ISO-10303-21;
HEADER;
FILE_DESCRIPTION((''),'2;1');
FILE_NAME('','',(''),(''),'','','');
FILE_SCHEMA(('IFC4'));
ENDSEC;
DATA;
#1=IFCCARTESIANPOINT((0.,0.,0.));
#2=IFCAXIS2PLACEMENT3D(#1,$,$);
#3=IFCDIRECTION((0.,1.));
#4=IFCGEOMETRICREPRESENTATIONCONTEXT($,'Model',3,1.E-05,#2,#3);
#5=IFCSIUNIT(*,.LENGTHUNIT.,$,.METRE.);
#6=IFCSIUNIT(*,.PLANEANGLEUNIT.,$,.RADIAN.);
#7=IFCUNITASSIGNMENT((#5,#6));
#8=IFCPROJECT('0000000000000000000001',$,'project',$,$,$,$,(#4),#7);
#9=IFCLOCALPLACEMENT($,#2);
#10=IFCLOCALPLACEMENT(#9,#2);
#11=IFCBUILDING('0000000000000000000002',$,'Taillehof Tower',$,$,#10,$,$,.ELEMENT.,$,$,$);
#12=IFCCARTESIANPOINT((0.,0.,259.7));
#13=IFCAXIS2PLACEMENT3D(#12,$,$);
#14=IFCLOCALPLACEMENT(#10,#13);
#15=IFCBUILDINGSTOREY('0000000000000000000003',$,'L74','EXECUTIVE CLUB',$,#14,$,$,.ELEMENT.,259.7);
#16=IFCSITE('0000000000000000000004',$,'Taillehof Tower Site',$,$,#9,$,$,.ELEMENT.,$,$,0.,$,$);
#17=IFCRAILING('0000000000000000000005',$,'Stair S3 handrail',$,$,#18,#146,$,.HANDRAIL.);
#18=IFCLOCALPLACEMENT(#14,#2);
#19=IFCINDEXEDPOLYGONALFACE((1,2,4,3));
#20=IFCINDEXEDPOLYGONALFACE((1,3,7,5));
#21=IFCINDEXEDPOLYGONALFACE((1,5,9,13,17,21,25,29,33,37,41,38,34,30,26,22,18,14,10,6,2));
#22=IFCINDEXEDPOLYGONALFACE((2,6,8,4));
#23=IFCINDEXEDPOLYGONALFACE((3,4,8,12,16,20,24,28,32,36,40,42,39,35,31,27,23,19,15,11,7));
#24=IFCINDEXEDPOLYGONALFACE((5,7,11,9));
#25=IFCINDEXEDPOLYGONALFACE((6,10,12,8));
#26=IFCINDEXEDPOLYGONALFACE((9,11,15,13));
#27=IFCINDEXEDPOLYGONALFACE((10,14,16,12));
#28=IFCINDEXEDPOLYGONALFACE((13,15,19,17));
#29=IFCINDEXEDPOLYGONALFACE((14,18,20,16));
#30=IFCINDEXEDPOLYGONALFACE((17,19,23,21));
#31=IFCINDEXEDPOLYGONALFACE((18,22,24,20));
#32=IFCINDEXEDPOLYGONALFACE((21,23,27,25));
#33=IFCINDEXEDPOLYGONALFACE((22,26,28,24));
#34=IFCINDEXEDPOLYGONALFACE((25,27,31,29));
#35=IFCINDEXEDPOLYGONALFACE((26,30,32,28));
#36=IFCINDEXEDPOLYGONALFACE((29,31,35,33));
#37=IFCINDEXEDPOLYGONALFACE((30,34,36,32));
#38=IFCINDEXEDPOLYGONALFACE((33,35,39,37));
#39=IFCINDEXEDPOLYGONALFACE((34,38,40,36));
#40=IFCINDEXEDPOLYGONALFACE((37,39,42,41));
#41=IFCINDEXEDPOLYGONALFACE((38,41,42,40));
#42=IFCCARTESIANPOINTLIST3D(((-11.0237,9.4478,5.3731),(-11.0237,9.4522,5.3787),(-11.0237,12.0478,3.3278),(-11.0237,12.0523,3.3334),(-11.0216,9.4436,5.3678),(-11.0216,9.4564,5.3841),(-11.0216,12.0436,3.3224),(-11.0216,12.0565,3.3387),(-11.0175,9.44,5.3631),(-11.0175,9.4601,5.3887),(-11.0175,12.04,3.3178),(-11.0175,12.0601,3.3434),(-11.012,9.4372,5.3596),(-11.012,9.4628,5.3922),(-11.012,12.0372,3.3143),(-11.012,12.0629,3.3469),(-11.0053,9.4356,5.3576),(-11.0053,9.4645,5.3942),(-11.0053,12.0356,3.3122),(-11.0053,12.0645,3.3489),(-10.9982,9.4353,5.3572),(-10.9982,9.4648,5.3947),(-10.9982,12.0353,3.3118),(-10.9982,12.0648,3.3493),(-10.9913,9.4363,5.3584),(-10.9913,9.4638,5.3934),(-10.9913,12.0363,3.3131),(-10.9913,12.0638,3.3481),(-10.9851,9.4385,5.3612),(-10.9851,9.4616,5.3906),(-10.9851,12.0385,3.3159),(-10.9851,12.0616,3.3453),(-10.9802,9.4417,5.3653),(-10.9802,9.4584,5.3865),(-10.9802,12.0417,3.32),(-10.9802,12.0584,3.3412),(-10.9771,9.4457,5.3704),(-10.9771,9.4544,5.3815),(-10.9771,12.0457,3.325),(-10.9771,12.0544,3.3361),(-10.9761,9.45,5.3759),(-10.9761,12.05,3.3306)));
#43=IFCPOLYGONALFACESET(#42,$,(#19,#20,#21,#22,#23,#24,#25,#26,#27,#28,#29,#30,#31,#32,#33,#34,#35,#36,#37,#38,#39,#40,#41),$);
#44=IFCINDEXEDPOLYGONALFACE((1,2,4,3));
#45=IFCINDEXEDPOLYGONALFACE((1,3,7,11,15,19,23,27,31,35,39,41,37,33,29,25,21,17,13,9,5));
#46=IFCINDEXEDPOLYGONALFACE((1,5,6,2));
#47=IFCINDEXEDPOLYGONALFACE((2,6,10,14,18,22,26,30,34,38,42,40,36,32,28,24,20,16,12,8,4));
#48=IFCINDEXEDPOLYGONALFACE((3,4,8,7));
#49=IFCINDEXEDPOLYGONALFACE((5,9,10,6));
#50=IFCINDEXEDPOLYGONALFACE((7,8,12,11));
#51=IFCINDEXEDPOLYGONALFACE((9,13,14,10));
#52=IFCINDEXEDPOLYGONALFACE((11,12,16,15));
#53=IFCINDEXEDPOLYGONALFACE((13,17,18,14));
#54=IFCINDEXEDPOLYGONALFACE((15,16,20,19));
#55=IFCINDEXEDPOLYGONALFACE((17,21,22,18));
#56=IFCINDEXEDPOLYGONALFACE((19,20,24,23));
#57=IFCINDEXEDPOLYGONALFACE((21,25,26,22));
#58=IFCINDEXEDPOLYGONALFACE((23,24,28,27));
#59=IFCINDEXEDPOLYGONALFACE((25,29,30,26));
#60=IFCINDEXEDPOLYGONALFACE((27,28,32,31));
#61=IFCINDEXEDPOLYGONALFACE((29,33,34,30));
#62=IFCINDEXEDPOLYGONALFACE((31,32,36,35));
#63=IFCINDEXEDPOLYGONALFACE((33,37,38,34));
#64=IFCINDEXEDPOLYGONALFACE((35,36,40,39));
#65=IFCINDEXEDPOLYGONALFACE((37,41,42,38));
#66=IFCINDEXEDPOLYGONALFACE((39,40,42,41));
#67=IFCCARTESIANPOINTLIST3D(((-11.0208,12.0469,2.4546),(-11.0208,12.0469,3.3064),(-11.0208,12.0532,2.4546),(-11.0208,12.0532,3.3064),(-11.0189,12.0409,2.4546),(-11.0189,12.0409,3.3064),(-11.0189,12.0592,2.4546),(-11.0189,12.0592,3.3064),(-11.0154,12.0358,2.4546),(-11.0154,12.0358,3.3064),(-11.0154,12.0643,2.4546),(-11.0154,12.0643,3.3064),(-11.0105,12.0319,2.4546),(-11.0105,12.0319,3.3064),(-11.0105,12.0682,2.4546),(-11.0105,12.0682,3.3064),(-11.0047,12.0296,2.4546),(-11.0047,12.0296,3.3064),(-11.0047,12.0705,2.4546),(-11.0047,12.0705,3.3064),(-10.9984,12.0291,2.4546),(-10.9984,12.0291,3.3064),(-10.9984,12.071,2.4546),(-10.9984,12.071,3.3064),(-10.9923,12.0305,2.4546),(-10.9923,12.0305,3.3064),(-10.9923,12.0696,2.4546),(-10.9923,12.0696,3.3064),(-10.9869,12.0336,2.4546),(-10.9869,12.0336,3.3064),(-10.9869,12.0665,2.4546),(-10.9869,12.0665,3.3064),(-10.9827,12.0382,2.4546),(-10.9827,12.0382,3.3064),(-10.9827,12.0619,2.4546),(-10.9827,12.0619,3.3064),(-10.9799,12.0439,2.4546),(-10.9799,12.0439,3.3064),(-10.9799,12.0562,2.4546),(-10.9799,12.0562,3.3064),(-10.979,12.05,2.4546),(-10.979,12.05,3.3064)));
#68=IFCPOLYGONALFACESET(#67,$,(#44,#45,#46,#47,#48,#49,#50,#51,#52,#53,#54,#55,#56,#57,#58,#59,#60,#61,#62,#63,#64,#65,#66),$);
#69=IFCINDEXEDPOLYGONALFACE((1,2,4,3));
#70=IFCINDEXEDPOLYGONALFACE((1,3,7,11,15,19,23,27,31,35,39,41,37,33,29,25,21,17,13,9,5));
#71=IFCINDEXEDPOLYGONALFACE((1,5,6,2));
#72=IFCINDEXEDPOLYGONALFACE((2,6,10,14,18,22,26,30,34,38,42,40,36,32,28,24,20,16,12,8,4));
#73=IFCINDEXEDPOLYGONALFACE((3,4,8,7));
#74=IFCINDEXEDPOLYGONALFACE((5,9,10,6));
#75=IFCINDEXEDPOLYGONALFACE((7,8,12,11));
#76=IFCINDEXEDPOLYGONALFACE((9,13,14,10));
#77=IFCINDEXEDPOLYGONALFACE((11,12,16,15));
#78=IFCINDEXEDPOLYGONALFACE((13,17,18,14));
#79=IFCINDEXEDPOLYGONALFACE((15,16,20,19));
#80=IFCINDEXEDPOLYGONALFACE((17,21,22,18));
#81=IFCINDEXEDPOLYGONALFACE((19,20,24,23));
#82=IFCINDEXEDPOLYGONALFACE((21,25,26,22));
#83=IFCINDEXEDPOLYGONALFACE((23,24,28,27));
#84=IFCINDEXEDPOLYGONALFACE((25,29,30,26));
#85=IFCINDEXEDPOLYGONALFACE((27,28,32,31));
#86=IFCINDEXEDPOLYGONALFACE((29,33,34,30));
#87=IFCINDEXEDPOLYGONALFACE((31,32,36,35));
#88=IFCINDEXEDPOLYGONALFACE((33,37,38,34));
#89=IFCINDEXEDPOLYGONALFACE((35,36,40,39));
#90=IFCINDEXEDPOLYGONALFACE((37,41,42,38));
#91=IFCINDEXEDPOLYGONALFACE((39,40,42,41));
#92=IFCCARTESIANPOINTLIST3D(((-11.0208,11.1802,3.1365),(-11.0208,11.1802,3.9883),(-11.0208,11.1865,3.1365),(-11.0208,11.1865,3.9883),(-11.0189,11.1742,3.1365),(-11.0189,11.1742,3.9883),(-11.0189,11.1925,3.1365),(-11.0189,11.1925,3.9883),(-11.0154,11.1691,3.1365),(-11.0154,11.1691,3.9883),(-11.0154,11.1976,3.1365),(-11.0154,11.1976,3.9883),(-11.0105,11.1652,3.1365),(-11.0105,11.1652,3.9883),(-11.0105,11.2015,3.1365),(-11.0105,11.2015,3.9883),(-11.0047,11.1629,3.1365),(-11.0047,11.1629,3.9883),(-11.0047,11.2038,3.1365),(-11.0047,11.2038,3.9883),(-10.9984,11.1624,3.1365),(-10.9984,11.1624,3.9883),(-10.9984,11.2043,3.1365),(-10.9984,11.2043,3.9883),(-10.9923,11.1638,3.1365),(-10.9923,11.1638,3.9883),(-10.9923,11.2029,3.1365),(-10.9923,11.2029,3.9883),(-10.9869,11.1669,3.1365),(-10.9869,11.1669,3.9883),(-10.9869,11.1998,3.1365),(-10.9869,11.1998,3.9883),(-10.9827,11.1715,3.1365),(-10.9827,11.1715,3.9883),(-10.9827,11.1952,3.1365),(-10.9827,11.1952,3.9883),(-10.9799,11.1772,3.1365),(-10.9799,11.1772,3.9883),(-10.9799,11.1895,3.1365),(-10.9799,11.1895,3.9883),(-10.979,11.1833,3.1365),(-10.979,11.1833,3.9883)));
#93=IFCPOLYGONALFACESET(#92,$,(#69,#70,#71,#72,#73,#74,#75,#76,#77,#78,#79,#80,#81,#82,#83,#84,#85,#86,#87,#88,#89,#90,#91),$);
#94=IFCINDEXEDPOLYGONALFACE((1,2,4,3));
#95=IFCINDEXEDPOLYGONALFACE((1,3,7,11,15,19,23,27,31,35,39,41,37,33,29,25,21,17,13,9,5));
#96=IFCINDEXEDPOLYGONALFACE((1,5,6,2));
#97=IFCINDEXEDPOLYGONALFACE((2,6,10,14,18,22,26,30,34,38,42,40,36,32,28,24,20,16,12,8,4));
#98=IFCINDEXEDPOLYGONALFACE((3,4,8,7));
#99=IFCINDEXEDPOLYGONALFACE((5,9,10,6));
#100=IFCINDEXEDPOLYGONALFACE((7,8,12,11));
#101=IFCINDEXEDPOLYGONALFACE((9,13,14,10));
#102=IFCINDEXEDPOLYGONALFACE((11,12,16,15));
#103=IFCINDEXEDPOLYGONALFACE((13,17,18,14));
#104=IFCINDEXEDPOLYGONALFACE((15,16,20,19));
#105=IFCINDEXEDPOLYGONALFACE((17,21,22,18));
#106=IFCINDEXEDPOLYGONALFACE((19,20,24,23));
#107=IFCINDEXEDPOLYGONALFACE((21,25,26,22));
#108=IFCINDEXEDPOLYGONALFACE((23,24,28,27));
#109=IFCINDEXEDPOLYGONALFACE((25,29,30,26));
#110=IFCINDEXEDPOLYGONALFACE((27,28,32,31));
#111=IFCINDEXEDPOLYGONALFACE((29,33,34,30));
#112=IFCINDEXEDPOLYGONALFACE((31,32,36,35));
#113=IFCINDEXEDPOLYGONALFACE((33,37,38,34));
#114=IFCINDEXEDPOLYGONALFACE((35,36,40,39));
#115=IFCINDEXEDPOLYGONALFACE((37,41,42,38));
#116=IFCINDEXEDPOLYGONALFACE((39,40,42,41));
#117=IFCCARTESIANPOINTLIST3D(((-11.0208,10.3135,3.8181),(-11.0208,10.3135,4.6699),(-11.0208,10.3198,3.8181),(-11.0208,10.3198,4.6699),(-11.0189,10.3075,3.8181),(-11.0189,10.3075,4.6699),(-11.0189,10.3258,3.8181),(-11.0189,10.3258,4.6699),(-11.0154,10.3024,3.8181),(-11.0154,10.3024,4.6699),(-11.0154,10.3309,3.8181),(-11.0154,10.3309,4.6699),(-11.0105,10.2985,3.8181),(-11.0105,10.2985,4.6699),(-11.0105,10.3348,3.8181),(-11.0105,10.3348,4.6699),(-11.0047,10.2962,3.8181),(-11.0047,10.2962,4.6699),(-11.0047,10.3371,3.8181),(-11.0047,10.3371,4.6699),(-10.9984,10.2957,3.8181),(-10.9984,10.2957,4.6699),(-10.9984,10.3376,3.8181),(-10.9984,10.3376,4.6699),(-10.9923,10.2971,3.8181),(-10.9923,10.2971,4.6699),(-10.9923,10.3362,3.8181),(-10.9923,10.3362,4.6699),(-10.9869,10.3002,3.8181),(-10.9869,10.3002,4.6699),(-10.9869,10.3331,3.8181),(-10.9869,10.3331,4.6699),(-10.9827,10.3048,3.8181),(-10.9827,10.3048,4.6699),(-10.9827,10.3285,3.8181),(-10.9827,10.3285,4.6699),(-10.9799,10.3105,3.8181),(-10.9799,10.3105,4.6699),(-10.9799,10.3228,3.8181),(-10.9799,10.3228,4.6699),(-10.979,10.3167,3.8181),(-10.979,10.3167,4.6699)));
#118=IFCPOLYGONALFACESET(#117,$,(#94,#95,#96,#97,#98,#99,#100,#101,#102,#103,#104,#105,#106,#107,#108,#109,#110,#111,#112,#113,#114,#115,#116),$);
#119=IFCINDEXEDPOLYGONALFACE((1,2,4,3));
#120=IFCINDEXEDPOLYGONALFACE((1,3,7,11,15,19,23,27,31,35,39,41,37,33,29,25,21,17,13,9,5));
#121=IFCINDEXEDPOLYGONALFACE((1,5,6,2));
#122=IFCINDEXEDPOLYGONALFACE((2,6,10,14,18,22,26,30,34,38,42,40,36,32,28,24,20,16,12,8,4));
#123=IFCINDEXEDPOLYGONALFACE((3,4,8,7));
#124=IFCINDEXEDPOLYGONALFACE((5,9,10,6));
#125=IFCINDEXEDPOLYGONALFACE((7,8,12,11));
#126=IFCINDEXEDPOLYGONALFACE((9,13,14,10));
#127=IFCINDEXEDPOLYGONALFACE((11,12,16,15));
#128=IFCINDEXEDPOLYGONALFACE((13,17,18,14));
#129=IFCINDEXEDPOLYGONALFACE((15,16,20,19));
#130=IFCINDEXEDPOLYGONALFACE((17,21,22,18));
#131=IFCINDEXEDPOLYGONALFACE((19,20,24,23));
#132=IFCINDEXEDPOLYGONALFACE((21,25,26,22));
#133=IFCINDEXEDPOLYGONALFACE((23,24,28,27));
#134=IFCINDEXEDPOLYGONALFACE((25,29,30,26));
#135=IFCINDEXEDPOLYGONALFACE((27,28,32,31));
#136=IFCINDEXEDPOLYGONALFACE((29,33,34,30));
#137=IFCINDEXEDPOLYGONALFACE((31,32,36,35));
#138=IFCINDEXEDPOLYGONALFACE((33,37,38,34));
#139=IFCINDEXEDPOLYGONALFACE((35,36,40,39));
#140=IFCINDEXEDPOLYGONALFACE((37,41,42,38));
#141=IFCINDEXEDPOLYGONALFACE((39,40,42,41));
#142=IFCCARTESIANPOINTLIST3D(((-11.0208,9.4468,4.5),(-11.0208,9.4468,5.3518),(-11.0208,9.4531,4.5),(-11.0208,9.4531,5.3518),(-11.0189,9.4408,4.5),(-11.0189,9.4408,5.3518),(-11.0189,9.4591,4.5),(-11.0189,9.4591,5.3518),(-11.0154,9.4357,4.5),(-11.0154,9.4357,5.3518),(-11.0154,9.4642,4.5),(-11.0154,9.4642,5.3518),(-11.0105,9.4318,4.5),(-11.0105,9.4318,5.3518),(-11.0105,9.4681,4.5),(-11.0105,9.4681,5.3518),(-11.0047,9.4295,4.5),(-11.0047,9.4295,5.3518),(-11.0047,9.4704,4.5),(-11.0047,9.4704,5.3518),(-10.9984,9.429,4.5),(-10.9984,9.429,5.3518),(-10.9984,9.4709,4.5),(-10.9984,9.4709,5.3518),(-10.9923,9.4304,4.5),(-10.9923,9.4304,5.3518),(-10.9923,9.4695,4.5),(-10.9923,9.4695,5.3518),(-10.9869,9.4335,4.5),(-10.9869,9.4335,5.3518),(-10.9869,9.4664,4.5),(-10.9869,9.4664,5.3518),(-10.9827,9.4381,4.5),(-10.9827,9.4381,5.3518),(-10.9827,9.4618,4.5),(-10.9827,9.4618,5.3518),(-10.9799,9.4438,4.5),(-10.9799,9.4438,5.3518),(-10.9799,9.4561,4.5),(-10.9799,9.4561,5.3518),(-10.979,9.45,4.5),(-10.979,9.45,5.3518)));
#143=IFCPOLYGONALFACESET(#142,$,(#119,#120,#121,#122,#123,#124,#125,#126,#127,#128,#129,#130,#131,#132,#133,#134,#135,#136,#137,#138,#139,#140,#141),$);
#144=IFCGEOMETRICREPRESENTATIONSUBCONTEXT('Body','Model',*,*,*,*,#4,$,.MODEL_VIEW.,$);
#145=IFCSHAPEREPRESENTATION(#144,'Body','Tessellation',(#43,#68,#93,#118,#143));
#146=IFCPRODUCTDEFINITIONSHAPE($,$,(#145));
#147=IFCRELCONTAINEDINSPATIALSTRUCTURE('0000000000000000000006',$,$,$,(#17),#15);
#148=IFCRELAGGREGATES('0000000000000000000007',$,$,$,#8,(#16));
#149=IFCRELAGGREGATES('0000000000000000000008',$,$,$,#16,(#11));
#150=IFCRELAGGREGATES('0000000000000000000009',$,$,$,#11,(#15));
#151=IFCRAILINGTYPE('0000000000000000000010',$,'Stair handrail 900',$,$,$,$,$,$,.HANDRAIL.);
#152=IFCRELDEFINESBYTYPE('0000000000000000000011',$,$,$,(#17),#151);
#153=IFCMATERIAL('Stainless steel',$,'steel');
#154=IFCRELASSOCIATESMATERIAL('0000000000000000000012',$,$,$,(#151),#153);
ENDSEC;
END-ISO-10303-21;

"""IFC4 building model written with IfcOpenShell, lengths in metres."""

from ifc_helpers import new_model, si_unit, direction, frame, origin, origin_2d, place, context, subcontext, project, spatial, circle, extrude, material, type_object, element, save


model = new_model("IFC4")

# Units and contexts
model_context = context("Model", 3, precision=1e-05, world=origin(), true_north=direction((0.0, 1.0)))
body_context = subcontext(model_context, "Body", "Model", "MODEL_VIEW")
ifc_project = project(units=[si_unit("LENGTHUNIT", "METRE"), si_unit("PLANEANGLEUNIT", "RADIAN")], contexts=[model_context])

# Site, building, storey
site_placement = place(None, origin())
site = spatial("IfcSite", under=ifc_project, at=site_placement, Name="Taillehof Tower Site", CompositionType="ELEMENT", RefElevation=0.0)
building_placement = place(site_placement, origin())
building = spatial("IfcBuilding", under=site, at=building_placement, Name="Taillehof Tower", CompositionType="ELEMENT")
storey_placement = place(building_placement, frame((0.0, 0.0, 259.7)))
storey = spatial("IfcBuildingStorey", under=building, at=storey_placement, Name="L74", Description="EXECUTIVE CLUB", CompositionType="ELEMENT", Elevation=259.7)

# Railing
ifc_material_1 = material(Name="Stainless steel", Category="steel")
railing_type_1 = type_object("IfcRailingType", Name="Stair handrail 900", PredefinedType="HANDRAIL", material=ifc_material_1)
railing_1_placement = place(storey_placement, frame((-11.0, 12.05, 2.4546)))
element("IfcRailing", 1, at=railing_1_placement, inside=storey, type_object=railing_type_1, Name="Stair S3 handrail", PredefinedType="HANDRAIL", context=body_context, shape_type="SweptSolid", body=[
    extrude(circle(Radius=0.0239, at=origin_2d()), frame((0.0, 0.0, 0.876), z_axis=(0.0, -0.785955, 0.618284), x_axis=(1.0, 0.0, 0.0)), (0.0, 0.0, 1.0), 3.3081),
    extrude(circle(Radius=0.021, at=origin_2d()), origin(), (0.0, 0.0, 1.0), 0.8518),
    extrude(circle(Radius=0.021, at=origin_2d()), frame((0.0, -0.8667, 0.6819)), (0.0, 0.0, 1.0), 0.8518),
    extrude(circle(Radius=0.021, at=origin_2d()), frame((0.0, -1.7334, 1.3635)), (0.0, 0.0, 1.0), 0.8518),
    extrude(circle(Radius=0.021, at=origin_2d()), frame((0.0, -2.6001, 2.0454)), (0.0, 0.0, 1.0), 0.8518),
])

save(model, "model.ifc")
